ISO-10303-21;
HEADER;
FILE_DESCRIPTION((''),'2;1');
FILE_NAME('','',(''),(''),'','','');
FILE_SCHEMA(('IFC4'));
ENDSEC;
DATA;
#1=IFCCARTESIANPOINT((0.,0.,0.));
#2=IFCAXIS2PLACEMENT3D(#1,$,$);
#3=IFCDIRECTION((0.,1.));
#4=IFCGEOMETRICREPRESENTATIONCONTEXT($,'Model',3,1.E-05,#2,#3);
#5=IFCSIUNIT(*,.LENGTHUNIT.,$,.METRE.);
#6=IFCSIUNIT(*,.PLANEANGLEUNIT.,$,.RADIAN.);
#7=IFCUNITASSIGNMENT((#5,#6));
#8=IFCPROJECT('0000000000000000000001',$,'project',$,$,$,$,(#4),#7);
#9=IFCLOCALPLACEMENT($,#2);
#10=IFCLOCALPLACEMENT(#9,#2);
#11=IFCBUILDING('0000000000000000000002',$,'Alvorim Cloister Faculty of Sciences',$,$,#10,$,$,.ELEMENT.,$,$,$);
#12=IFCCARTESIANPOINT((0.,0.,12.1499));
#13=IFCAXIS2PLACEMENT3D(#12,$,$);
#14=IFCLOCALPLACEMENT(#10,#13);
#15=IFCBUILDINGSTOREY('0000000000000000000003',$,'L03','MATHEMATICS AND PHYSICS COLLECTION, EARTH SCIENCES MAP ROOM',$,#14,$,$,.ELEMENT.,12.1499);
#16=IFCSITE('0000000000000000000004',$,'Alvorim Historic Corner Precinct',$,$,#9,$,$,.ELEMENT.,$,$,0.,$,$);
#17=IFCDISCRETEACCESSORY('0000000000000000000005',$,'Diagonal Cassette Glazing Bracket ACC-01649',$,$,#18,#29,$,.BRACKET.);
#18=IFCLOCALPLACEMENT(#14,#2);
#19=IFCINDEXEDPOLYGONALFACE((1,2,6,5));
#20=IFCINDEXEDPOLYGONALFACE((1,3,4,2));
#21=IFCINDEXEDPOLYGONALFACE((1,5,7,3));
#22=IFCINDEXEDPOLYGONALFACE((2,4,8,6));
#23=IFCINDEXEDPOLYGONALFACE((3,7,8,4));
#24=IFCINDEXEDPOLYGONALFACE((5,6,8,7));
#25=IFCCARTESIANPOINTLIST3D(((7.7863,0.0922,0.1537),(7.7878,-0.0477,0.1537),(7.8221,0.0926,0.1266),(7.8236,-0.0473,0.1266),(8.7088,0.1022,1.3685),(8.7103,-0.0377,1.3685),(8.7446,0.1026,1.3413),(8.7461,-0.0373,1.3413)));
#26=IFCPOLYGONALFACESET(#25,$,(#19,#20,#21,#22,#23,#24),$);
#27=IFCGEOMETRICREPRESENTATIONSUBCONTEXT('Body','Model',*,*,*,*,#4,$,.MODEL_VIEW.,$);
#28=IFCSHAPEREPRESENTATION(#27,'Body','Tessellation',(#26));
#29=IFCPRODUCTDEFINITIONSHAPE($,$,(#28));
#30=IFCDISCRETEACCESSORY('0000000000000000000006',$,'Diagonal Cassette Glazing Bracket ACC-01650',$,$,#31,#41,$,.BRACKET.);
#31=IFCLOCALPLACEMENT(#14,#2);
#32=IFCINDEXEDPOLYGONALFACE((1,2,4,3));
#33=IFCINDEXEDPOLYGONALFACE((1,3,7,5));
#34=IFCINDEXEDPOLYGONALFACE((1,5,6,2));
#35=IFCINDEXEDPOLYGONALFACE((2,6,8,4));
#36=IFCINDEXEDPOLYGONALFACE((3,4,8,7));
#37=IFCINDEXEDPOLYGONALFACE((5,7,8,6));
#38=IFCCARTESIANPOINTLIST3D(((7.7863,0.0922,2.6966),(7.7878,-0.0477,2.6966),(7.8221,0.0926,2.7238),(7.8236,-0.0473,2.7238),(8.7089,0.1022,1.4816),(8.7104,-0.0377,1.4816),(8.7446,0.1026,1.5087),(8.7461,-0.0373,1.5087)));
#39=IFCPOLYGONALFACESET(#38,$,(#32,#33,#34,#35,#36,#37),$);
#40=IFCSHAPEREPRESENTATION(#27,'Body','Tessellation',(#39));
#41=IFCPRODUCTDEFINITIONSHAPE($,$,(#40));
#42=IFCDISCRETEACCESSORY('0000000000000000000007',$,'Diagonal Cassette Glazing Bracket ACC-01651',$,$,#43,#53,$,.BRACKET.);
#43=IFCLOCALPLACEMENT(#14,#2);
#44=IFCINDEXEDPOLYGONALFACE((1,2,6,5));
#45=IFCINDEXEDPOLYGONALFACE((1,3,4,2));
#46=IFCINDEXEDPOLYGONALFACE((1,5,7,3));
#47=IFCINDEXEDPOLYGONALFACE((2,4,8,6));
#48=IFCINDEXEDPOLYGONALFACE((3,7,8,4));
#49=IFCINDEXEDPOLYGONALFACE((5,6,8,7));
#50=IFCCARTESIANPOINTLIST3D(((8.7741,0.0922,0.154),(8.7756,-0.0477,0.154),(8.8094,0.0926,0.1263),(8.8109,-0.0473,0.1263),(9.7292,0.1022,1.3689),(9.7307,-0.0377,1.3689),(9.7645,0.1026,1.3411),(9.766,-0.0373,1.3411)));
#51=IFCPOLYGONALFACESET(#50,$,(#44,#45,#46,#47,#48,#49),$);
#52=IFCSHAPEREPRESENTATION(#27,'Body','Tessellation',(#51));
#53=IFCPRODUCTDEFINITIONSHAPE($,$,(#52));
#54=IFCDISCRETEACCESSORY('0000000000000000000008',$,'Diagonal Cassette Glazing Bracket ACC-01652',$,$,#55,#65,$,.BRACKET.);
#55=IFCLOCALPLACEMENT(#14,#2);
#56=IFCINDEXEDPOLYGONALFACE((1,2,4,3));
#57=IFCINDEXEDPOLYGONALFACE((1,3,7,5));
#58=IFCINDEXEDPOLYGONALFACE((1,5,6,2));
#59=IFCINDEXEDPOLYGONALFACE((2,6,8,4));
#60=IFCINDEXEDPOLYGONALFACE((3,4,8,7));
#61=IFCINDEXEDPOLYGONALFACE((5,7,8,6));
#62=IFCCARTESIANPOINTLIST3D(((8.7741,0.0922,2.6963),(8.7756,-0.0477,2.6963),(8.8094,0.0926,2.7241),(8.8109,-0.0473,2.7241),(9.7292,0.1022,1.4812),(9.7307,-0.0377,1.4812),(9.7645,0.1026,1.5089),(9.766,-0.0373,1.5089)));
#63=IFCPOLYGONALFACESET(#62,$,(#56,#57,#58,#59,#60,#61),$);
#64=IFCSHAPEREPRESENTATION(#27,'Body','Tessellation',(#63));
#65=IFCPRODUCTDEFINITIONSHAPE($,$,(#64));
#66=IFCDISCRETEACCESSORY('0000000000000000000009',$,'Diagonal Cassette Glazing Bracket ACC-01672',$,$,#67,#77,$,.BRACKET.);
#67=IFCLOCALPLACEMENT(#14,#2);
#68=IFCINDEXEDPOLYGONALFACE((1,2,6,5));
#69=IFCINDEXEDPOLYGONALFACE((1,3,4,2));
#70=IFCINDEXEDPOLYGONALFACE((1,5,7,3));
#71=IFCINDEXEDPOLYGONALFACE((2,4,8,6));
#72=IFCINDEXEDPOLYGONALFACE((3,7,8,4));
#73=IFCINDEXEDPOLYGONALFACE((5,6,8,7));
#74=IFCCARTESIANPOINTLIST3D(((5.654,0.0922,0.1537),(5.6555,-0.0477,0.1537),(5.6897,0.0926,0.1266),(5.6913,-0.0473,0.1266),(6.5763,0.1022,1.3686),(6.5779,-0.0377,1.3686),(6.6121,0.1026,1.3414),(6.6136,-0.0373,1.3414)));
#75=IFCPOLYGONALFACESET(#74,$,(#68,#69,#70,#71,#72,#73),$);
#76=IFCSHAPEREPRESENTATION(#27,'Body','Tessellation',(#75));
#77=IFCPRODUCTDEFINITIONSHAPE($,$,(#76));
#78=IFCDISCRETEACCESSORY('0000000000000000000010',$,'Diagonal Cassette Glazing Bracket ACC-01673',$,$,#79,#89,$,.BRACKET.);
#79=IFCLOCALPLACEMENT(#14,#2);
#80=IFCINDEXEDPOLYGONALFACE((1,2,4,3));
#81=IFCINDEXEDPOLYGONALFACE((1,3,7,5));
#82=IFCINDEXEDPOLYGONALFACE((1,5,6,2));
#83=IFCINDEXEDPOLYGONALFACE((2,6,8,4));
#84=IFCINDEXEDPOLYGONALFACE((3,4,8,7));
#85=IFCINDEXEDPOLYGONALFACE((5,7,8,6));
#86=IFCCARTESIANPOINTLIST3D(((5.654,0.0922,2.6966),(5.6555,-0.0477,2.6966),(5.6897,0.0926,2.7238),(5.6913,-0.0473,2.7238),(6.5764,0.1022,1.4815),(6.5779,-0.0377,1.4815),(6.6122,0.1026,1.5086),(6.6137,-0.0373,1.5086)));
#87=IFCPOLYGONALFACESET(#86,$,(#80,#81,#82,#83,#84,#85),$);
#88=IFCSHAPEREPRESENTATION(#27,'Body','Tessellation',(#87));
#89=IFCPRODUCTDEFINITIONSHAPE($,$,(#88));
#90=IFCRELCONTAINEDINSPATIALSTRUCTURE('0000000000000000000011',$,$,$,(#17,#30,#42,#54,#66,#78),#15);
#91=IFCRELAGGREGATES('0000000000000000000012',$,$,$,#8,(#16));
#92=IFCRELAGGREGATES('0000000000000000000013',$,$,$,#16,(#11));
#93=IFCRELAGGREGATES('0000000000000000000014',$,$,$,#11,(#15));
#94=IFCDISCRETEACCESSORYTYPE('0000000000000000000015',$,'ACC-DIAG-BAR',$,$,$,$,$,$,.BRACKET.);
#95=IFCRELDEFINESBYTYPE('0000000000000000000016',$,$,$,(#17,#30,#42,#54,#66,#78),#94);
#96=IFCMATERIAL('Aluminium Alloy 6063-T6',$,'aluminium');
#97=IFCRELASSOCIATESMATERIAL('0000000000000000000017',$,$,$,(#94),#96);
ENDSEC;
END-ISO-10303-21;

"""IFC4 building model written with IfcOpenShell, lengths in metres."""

from ifc_helpers import new_model, si_unit, direction, frame, origin, origin_2d, place, context, subcontext, project, spatial, rectangle, extrude, material, type_object, element, save


model = new_model("IFC4")

# Units and contexts
model_context = context("Model", 3, precision=1e-05, world=origin(), true_north=direction((0.0, 1.0)))
body_context = subcontext(model_context, "Body", "Model", "MODEL_VIEW")
ifc_project = project(units=[si_unit("LENGTHUNIT", "METRE"), si_unit("PLANEANGLEUNIT", "RADIAN")], contexts=[model_context])

# Site, building, storey
site_placement = place(None, origin())
site = spatial("IfcSite", under=ifc_project, at=site_placement, Name="Alvorim Historic Corner Precinct", CompositionType="ELEMENT", RefElevation=0.0)
building_placement = place(site_placement, origin())
building = spatial("IfcBuilding", under=site, at=building_placement, Name="Alvorim Cloister Faculty of Sciences", CompositionType="ELEMENT")
storey_placement = place(building_placement, frame((0.0, 0.0, 12.1499)))
storey = spatial("IfcBuildingStorey", under=building, at=storey_placement, Name="L03", Description="MATHEMATICS AND PHYSICS COLLECTION, EARTH SCIENCES MAP ROOM", CompositionType="ELEMENT", Elevation=12.1499)

# Shared definitions
ifc_material_1 = material(Name="Aluminium Alloy 6063-T6", Category="aluminium")

# Discrete accessories
discrete_accessory_type = type_object("IfcDiscreteAccessoryType", Name="ACC-DIAG-BAR", PredefinedType="BRACKET", material=ifc_material_1)
discrete_accessory_1_placement = place(storey_placement, frame((7.8049, 0.0225, 0.1401), z_axis=(0.60479, 0.006562, 0.796358), x_axis=(-0.010849, 0.999941, 0.0)))
element("IfcDiscreteAccessory", 1, at=discrete_accessory_1_placement, inside=storey, type_object=discrete_accessory_type, Name="Diagonal Cassette Glazing Bracket ACC-01649", PredefinedType="BRACKET", context=body_context, shape_type="SweptSolid", body=[
    extrude(rectangle(XDim=0.1399, YDim=0.0449, at=origin_2d()), origin(), (0.0, 0.0, 1.0), 1.5254),
])
discrete_accessory_2_placement = place(storey_placement, frame((7.8049, 0.0225, 2.7102), z_axis=(0.604713, 0.006561, -0.796416), x_axis=(-0.010849, 0.999941, 0.0)))
element("IfcDiscreteAccessory", 2, at=discrete_accessory_2_placement, inside=storey, type_object=discrete_accessory_type, Name="Diagonal Cassette Glazing Bracket ACC-01650", PredefinedType="BRACKET", context=body_context, shape_type="SweptSolid", body=[
    extrude(rectangle(XDim=0.1399, YDim=0.0449, at=origin_2d()), origin(), (0.0, 0.0, 1.0), 1.5256),
])
discrete_accessory_3_placement = place(storey_placement, frame((8.7925, 0.0225, 0.1401), z_axis=(0.618032, 0.006477, 0.786126), x_axis=(-0.01048, 0.999945, 0.0)))
element("IfcDiscreteAccessory", 3, at=discrete_accessory_3_placement, inside=storey, type_object=discrete_accessory_type, Name="Diagonal Cassette Glazing Bracket ACC-01651", PredefinedType="BRACKET", context=body_context, shape_type="SweptSolid", body=[
    extrude(rectangle(XDim=0.1399, YDim=0.0449, at=origin_2d()), origin(), (0.0, 0.0, 1.0), 1.5454),
])
discrete_accessory_4_placement = place(storey_placement, frame((8.7925, 0.0225, 2.7102), z_axis=(0.617955, 0.006477, -0.786187), x_axis=(-0.01048, 0.999945, 0.0)))
element("IfcDiscreteAccessory", 4, at=discrete_accessory_4_placement, inside=storey, type_object=discrete_accessory_type, Name="Diagonal Cassette Glazing Bracket ACC-01652", PredefinedType="BRACKET", context=body_context, shape_type="SweptSolid", body=[
    extrude(rectangle(XDim=0.1399, YDim=0.0449, at=origin_2d()), origin(), (0.0, 0.0, 1.0), 1.5457),
])
discrete_accessory_5_placement = place(storey_placement, frame((5.6726, 0.0225, 0.1401), z_axis=(0.604689, 0.006562, 0.796435), x_axis=(-0.010852, 0.999941, 0.0)))
element("IfcDiscreteAccessory", 5, at=discrete_accessory_5_placement, inside=storey, type_object=discrete_accessory_type, Name="Diagonal Cassette Glazing Bracket ACC-01672", PredefinedType="BRACKET", context=body_context, shape_type="SweptSolid", body=[
    extrude(rectangle(XDim=0.1399, YDim=0.0449, at=origin_2d()), origin(), (0.0, 0.0, 1.0), 1.5254),
])
discrete_accessory_6_placement = place(storey_placement, frame((5.6726, 0.0225, 2.7102), z_axis=(0.604612, 0.006561, -0.796493), x_axis=(-0.010852, 0.999941, 0.0)))
element("IfcDiscreteAccessory", 6, at=discrete_accessory_6_placement, inside=storey, type_object=discrete_accessory_type, Name="Diagonal Cassette Glazing Bracket ACC-01673", PredefinedType="BRACKET", context=body_context, shape_type="SweptSolid", body=[
    extrude(rectangle(XDim=0.1399, YDim=0.0449, at=origin_2d()), origin(), (0.0, 0.0, 1.0), 1.5256),
])

save(model, "model.ifc")
